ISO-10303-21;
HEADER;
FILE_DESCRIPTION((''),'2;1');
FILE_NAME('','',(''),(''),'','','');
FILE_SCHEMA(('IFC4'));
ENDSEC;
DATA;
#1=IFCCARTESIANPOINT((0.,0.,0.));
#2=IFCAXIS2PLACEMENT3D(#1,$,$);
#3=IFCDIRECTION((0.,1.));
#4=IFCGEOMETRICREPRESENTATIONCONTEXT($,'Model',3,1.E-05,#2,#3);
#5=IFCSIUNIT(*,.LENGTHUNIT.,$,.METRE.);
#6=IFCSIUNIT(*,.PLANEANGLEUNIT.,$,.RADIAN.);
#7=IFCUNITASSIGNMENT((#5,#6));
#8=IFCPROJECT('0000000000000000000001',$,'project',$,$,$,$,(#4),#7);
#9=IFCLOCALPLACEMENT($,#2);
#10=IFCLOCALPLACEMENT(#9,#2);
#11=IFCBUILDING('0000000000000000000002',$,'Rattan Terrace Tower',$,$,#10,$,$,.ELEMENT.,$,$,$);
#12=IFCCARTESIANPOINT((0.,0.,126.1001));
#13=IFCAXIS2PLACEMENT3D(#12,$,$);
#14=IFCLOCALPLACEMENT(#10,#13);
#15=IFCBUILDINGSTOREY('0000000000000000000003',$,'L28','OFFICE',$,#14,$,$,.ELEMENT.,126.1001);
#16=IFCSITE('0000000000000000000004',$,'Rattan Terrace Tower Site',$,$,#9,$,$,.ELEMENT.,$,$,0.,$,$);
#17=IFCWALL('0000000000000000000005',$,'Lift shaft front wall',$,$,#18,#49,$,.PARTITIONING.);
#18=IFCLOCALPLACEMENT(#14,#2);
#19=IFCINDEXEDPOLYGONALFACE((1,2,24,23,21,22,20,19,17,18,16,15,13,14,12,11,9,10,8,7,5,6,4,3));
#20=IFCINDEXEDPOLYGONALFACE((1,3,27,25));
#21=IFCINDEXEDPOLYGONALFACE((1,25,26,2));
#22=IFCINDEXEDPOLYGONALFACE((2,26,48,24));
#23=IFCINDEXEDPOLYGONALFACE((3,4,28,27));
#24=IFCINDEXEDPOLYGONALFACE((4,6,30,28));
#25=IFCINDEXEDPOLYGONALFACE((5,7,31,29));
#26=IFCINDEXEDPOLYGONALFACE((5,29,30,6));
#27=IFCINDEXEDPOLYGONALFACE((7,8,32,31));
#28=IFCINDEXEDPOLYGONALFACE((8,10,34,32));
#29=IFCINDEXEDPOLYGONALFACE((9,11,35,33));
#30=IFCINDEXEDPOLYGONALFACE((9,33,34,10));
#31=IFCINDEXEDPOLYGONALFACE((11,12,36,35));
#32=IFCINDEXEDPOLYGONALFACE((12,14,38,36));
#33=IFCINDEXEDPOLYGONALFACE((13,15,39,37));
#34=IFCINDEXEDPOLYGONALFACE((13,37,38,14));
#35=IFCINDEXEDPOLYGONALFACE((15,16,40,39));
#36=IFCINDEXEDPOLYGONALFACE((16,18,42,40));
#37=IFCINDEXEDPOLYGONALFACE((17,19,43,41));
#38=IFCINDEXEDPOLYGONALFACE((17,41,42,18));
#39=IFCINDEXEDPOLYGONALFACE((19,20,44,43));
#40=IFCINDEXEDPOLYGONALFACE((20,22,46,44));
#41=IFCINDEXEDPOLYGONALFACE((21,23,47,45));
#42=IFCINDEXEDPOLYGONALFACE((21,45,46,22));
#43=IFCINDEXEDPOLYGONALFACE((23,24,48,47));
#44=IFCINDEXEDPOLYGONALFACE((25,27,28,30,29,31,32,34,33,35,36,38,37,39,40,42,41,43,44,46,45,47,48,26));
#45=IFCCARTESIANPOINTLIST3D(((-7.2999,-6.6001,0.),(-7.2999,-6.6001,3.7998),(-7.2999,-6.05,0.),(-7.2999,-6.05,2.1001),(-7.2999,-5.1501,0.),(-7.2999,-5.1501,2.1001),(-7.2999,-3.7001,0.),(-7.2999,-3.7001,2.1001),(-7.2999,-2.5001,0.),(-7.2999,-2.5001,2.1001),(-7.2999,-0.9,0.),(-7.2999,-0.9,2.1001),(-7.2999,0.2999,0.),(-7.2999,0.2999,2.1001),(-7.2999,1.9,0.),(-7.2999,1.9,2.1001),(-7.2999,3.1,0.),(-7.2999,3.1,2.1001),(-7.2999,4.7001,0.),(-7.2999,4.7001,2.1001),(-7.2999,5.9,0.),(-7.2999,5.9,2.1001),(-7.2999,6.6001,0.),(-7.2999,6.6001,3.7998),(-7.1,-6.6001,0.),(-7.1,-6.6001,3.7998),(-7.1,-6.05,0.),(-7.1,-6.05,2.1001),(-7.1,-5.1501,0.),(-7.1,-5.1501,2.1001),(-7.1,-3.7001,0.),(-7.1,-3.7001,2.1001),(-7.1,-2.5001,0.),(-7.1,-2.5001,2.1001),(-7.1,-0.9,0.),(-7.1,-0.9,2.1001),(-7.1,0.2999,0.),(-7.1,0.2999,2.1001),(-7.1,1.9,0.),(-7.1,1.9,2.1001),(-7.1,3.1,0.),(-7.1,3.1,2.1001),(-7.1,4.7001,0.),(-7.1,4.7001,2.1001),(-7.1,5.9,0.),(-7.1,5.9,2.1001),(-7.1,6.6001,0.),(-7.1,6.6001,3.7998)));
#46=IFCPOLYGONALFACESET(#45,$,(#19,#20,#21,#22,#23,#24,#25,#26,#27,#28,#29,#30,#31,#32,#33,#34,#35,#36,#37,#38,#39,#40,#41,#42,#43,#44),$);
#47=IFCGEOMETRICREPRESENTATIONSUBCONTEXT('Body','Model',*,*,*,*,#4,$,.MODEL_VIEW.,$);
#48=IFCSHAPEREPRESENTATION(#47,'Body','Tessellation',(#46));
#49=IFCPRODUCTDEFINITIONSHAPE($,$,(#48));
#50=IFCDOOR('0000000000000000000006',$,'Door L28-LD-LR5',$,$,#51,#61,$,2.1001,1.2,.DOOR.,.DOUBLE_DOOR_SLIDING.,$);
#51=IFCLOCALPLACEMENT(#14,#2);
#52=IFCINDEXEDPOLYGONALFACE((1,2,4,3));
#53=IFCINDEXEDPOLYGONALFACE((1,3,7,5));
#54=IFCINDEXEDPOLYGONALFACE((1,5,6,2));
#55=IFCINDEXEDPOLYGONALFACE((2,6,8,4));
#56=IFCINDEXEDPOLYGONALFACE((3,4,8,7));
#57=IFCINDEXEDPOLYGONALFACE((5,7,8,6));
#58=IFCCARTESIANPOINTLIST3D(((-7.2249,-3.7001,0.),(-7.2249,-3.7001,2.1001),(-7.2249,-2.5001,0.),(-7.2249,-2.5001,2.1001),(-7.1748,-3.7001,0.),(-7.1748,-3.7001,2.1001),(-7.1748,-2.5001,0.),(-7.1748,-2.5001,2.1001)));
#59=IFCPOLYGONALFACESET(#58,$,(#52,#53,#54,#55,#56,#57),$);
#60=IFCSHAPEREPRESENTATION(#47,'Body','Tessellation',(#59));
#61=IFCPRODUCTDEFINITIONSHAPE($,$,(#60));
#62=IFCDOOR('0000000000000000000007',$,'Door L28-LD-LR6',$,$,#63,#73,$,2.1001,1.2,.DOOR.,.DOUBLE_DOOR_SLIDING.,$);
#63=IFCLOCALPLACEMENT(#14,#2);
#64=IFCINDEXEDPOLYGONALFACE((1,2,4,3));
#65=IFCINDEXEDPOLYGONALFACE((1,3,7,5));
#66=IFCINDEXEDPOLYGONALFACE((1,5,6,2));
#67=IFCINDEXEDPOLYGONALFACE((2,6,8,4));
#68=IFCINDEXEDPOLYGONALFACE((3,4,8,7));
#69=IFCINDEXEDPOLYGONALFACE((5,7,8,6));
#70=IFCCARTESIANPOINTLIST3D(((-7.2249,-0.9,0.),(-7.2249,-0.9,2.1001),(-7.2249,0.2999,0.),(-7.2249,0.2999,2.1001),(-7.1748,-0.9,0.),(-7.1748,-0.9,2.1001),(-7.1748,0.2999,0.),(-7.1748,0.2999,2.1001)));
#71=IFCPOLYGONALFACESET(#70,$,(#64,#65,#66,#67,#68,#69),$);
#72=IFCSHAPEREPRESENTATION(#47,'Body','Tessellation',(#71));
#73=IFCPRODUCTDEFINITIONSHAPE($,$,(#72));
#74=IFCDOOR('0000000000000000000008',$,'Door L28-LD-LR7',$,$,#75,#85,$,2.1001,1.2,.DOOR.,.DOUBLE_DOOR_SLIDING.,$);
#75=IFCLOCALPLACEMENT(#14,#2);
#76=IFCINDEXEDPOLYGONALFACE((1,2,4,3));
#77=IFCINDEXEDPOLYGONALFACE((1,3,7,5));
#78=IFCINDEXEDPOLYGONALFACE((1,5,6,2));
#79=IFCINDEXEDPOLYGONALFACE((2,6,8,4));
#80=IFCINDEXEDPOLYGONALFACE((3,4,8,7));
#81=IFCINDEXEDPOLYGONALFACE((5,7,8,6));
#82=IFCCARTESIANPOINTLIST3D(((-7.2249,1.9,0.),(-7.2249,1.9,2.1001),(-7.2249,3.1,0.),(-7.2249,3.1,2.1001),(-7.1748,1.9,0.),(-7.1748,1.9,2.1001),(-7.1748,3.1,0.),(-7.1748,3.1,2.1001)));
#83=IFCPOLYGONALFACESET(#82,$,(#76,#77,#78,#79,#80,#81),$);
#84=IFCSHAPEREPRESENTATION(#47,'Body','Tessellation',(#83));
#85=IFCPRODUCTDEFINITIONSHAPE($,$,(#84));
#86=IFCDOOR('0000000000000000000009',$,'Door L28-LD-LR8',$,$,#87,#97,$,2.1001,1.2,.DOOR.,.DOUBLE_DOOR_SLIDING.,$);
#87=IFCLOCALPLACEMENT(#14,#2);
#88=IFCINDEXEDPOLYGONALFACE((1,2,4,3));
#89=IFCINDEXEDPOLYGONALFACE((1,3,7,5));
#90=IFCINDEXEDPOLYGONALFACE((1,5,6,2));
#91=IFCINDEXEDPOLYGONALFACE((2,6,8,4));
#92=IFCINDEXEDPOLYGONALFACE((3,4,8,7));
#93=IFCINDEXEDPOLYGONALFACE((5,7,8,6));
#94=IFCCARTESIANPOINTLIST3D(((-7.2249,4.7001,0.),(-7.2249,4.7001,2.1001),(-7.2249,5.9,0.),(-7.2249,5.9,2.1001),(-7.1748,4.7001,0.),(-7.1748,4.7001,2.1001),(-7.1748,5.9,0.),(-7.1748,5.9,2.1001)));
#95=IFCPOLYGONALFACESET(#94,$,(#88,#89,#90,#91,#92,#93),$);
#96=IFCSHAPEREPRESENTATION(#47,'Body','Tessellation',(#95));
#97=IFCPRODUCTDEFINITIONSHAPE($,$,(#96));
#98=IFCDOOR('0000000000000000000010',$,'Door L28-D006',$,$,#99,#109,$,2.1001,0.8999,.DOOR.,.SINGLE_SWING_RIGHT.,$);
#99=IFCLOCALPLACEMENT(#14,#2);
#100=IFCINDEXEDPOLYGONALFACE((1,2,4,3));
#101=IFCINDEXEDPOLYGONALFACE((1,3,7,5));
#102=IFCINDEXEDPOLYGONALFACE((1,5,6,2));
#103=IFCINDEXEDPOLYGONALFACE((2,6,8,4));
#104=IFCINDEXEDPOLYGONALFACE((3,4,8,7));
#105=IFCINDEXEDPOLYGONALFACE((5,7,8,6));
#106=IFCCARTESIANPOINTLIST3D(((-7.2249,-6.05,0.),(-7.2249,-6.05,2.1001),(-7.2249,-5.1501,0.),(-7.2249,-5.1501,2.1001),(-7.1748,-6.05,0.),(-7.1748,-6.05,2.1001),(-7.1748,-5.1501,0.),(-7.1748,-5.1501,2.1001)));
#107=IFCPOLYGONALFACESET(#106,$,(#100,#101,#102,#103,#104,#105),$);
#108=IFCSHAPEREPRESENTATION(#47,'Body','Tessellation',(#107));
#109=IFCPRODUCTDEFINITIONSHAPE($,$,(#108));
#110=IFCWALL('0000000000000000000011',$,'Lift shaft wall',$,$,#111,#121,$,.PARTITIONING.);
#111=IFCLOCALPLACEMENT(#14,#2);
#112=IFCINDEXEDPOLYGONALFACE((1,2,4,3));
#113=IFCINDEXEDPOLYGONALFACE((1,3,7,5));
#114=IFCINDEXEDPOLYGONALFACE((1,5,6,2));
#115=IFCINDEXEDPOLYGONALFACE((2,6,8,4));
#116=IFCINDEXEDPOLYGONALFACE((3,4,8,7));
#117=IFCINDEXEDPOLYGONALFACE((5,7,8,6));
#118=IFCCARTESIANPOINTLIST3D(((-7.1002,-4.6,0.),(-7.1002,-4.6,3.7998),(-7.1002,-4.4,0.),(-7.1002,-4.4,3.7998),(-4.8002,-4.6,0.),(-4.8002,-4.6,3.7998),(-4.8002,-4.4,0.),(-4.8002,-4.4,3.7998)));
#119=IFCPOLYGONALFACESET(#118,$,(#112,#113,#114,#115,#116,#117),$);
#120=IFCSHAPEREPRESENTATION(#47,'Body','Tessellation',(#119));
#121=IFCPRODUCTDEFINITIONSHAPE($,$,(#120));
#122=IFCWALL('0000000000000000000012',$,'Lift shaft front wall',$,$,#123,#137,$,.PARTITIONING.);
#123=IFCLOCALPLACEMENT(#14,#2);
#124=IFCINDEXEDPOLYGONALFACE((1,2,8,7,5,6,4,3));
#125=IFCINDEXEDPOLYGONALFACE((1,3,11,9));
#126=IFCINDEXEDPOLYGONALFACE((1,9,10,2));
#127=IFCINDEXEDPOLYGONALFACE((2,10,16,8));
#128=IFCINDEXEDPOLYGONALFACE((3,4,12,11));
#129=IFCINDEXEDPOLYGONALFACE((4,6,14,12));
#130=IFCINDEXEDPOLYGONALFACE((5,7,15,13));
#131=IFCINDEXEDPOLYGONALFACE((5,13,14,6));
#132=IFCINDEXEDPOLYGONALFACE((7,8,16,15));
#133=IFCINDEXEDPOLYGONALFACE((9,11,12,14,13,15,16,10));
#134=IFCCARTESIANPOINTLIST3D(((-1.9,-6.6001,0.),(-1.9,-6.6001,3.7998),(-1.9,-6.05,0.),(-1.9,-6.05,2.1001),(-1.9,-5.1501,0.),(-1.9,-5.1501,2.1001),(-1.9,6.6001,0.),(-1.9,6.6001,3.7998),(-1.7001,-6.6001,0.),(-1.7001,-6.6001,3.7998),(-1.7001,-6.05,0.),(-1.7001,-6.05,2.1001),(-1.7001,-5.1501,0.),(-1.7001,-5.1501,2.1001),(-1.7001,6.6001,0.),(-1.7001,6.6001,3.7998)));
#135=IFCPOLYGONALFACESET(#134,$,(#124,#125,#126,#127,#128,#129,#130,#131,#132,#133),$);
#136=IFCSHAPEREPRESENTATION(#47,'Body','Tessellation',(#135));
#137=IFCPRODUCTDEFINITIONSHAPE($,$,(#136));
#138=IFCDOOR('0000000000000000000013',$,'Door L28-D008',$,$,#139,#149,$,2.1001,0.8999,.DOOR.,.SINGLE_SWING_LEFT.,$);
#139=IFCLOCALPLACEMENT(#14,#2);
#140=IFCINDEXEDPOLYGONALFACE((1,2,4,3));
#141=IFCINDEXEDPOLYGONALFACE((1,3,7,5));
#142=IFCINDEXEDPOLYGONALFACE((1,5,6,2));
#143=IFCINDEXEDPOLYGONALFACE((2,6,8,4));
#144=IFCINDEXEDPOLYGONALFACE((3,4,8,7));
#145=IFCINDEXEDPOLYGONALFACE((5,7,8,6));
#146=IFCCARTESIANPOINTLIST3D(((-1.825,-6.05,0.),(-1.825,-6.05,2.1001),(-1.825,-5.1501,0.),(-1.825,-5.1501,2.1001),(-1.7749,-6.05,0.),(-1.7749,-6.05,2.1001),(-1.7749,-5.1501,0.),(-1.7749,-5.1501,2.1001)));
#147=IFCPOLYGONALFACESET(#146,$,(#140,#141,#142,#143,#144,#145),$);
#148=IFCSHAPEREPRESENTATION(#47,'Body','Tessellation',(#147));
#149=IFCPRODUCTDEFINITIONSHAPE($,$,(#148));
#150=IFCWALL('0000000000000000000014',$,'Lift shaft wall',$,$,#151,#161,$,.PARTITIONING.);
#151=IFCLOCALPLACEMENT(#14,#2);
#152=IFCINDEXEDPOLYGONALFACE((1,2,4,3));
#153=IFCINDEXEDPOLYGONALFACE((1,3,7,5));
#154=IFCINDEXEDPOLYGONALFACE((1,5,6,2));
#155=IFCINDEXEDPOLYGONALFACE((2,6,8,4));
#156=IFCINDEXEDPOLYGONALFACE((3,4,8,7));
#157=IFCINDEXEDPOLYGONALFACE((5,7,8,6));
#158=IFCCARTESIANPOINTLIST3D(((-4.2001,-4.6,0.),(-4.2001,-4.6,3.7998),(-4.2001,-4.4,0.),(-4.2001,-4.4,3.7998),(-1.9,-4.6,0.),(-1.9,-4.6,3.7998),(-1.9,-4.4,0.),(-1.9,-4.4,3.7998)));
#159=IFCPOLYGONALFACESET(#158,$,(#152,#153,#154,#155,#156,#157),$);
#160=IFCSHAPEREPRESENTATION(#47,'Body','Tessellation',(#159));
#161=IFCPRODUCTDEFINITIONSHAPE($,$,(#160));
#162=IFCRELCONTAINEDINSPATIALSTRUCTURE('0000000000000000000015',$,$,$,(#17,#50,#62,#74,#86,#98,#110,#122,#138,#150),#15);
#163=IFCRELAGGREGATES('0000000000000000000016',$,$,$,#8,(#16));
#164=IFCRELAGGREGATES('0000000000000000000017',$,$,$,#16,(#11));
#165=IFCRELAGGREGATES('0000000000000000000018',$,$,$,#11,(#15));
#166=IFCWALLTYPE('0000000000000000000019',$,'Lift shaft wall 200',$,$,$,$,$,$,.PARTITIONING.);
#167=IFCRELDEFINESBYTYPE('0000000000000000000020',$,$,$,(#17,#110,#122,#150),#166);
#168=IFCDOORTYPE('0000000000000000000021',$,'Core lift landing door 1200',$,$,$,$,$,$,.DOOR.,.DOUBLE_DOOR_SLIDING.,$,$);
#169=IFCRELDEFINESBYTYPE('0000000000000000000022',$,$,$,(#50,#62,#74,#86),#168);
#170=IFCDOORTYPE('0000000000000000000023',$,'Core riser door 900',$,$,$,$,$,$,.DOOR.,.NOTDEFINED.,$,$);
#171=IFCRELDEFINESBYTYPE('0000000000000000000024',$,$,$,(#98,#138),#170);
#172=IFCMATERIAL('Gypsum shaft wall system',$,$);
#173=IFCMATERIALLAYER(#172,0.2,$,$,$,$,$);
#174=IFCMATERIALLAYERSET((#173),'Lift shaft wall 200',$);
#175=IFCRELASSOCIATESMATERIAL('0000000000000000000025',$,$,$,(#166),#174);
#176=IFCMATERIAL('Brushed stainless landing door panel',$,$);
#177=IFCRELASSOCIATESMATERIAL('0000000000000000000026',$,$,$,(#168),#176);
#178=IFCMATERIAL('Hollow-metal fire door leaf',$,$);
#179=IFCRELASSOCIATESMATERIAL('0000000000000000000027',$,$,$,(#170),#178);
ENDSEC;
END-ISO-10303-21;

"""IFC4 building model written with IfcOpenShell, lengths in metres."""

from ifc_helpers import new_model, si_unit, direction, frame, frame_2d, origin, place, context, subcontext, project, spatial, rectangle, extrude, material, layer, layer_set, type_object, element, fill, save


model = new_model("IFC4")

# Units and contexts
model_context = context("Model", 3, precision=1e-05, world=origin(), true_north=direction((0.0, 1.0)))
body_context = subcontext(model_context, "Body", "Model", "MODEL_VIEW")
ifc_project = project(units=[si_unit("LENGTHUNIT", "METRE"), si_unit("PLANEANGLEUNIT", "RADIAN")], contexts=[model_context])

# Site, building, storey
site_placement = place(None, origin())
site = spatial("IfcSite", under=ifc_project, at=site_placement, Name="Rattan Terrace Tower Site", CompositionType="ELEMENT", RefElevation=0.0)
building_placement = place(site_placement, origin())
building = spatial("IfcBuilding", under=site, at=building_placement, Name="Rattan Terrace Tower", CompositionType="ELEMENT")
storey_placement = place(building_placement, frame((0.0, 0.0, 126.1001)))
storey = spatial("IfcBuildingStorey", under=building, at=storey_placement, Name="L28", Description="OFFICE", CompositionType="ELEMENT", Elevation=126.1001)

# Wall, openings, doors
ifc_material_1 = material(Name="Gypsum shaft wall system")
ifc_layer_1 = layer(ifc_material_1, 0.2)
ifc_layer_set_1 = layer_set([ifc_layer_1], Name="Lift shaft wall 200")
wall_type_1 = type_object("IfcWallType", Name="Lift shaft wall 200", PredefinedType="PARTITIONING", material=ifc_layer_set_1)
ifc_material_2 = material(Name="Brushed stainless landing door panel")
door_type_1 = type_object("IfcDoorType", Name="Core lift landing door 1200", OperationType="DOUBLE_DOOR_SLIDING", PredefinedType="DOOR", material=ifc_material_2)
ifc_material_3 = material(Name="Hollow-metal fire door leaf")
door_type_2 = type_object("IfcDoorType", Name="Core riser door 900", OperationType="NOTDEFINED", PredefinedType="DOOR", material=ifc_material_3)
wall_1_placement = place(storey_placement, frame((-7.2, -6.6001, 0.0), z_axis=(0.0, 0.0, 1.0), x_axis=(0.0, 1.0, 0.0)))
wall_1 = element("IfcWall", 1, at=wall_1_placement, inside=storey, type_object=wall_type_1, Name="Lift shaft front wall", PredefinedType="PARTITIONING", context=body_context, shape_type="SweptSolid", body=[
    extrude(rectangle(XDim=13.2002, YDim=0.2, at=frame_2d((6.6001, 0.0))), origin(), (0.0, 0.0, 1.0), 3.7998),
])
opening_1_placement = place(wall_1_placement, frame((0.55, 0.0, 0.0)))
opening_1 = element("IfcOpeningElement", 2, at=opening_1_placement, cuts=wall_1, PredefinedType="OPENING", context=body_context, shape_type="SweptSolid", body=[
    extrude(rectangle(XDim=0.8999, YDim=2.1001, at=frame_2d((0.45, 1.05))), frame((0.0, 0.1106, 0.0), z_axis=(0.0, -1.0, 0.0), x_axis=(1.0, 0.0, 0.0)), (0.0, 0.0, 1.0), 0.2209),
])
opening_2_placement = place(wall_1_placement, frame((2.8999, 0.0, 0.0)))
opening_2 = element("IfcOpeningElement", 3, at=opening_2_placement, cuts=wall_1, PredefinedType="OPENING", context=body_context, shape_type="SweptSolid", body=[
    extrude(rectangle(XDim=1.2, YDim=2.1001, at=frame_2d((0.6001, 1.05))), frame((0.0, 0.1106, 0.0), z_axis=(0.0, -1.0, 0.0), x_axis=(1.0, 0.0, 0.0)), (0.0, 0.0, 1.0), 0.2209),
])
opening_3_placement = place(wall_1_placement, frame((5.7, 0.0, 0.0)))
opening_3 = element("IfcOpeningElement", 4, at=opening_3_placement, cuts=wall_1, PredefinedType="OPENING", context=body_context, shape_type="SweptSolid", body=[
    extrude(rectangle(XDim=1.2, YDim=2.1001, at=frame_2d((0.6001, 1.05))), frame((0.0, 0.1106, 0.0), z_axis=(0.0, -1.0, 0.0), x_axis=(1.0, 0.0, 0.0)), (0.0, 0.0, 1.0), 0.2209),
])
opening_4_placement = place(wall_1_placement, frame((8.5, 0.0, 0.0)))
opening_4 = element("IfcOpeningElement", 5, at=opening_4_placement, cuts=wall_1, PredefinedType="OPENING", context=body_context, shape_type="SweptSolid", body=[
    extrude(rectangle(XDim=1.2, YDim=2.1001, at=frame_2d((0.6001, 1.05))), frame((0.0, 0.1106, 0.0), z_axis=(0.0, -1.0, 0.0), x_axis=(1.0, 0.0, 0.0)), (0.0, 0.0, 1.0), 0.2209),
])
opening_5_placement = place(wall_1_placement, frame((11.3, 0.0, 0.0)))
opening_5 = element("IfcOpeningElement", 6, at=opening_5_placement, cuts=wall_1, PredefinedType="OPENING", context=body_context, shape_type="SweptSolid", body=[
    extrude(rectangle(XDim=1.2, YDim=2.1001, at=frame_2d((0.6001, 1.05))), frame((0.0, 0.1106, 0.0), z_axis=(0.0, -1.0, 0.0), x_axis=(1.0, 0.0, 0.0)), (0.0, 0.0, 1.0), 0.2209),
])
door_1_placement = place(opening_2_placement, origin())
door_1 = element("IfcDoor", 7, at=door_1_placement, inside=storey, type_object=door_type_1, Name="Door L28-LD-LR5", OperationType="DOUBLE_DOOR_SLIDING", OverallHeight=2.1001, OverallWidth=1.2, PredefinedType="DOOR", context=body_context, shape_type="SweptSolid", body=[
    extrude(rectangle(XDim=1.2, YDim=2.1001, at=frame_2d((0.6001, 1.05))), frame((0.0, 0.0249, 0.0), z_axis=(0.0, -1.0, 0.0), x_axis=(1.0, 0.0, 0.0)), (0.0, 0.0, 1.0), 0.05),
])
fill(opening_2, door_1)
door_2_placement = place(opening_3_placement, origin())
door_2 = element("IfcDoor", 8, at=door_2_placement, inside=storey, type_object=door_type_1, Name="Door L28-LD-LR6", OperationType="DOUBLE_DOOR_SLIDING", OverallHeight=2.1001, OverallWidth=1.2, PredefinedType="DOOR", context=body_context, shape_type="SweptSolid", body=[
    extrude(rectangle(XDim=1.2, YDim=2.1001, at=frame_2d((0.6001, 1.05))), frame((0.0, 0.0249, 0.0), z_axis=(0.0, -1.0, 0.0), x_axis=(1.0, 0.0, 0.0)), (0.0, 0.0, 1.0), 0.05),
])
fill(opening_3, door_2)
door_3_placement = place(opening_4_placement, origin())
door_3 = element("IfcDoor", 9, at=door_3_placement, inside=storey, type_object=door_type_1, Name="Door L28-LD-LR7", OperationType="DOUBLE_DOOR_SLIDING", OverallHeight=2.1001, OverallWidth=1.2, PredefinedType="DOOR", context=body_context, shape_type="SweptSolid", body=[
    extrude(rectangle(XDim=1.2, YDim=2.1001, at=frame_2d((0.6001, 1.05))), frame((0.0, 0.0249, 0.0), z_axis=(0.0, -1.0, 0.0), x_axis=(1.0, 0.0, 0.0)), (0.0, 0.0, 1.0), 0.05),
])
fill(opening_4, door_3)
door_4_placement = place(opening_5_placement, origin())
door_4 = element("IfcDoor", 10, at=door_4_placement, inside=storey, type_object=door_type_1, Name="Door L28-LD-LR8", OperationType="DOUBLE_DOOR_SLIDING", OverallHeight=2.1001, OverallWidth=1.2, PredefinedType="DOOR", context=body_context, shape_type="SweptSolid", body=[
    extrude(rectangle(XDim=1.2, YDim=2.1001, at=frame_2d((0.6001, 1.05))), frame((0.0, 0.0249, 0.0), z_axis=(0.0, -1.0, 0.0), x_axis=(1.0, 0.0, 0.0)), (0.0, 0.0, 1.0), 0.05),
])
fill(opening_5, door_4)
door_5_placement = place(opening_1_placement, origin())
door_5 = element("IfcDoor", 11, at=door_5_placement, inside=storey, type_object=door_type_2, Name="Door L28-D006", OperationType="SINGLE_SWING_RIGHT", OverallHeight=2.1001, OverallWidth=0.8999, PredefinedType="DOOR", context=body_context, shape_type="SweptSolid", body=[
    extrude(rectangle(XDim=0.8999, YDim=2.1001, at=frame_2d((0.45, 1.05))), frame((0.0, 0.0249, 0.0), z_axis=(0.0, -1.0, 0.0), x_axis=(1.0, 0.0, 0.0)), (0.0, 0.0, 1.0), 0.05),
])
fill(opening_1, door_5)

# Wall
wall_2_placement = place(storey_placement, frame((-7.1001, -4.5, 0.0), z_axis=(0.0, 0.0, 1.0), x_axis=(1.0, 0.0, 0.0)))
element("IfcWall", 12, at=wall_2_placement, inside=storey, type_object=wall_type_1, Name="Lift shaft wall", PredefinedType="PARTITIONING", context=body_context, shape_type="SweptSolid", body=[
    extrude(rectangle(XDim=2.3, YDim=0.2, at=frame_2d((1.1499, 0.0))), origin(), (0.0, 0.0, 1.0), 3.7998),
])

# Wall, opening, door
wall_3_placement = place(storey_placement, frame((-1.8, -6.6001, 0.0), z_axis=(0.0, 0.0, 1.0), x_axis=(0.0, 1.0, 0.0)))
wall_3 = element("IfcWall", 13, at=wall_3_placement, inside=storey, type_object=wall_type_1, Name="Lift shaft front wall", PredefinedType="PARTITIONING", context=body_context, shape_type="SweptSolid", body=[
    extrude(rectangle(XDim=13.2002, YDim=0.2, at=frame_2d((6.6001, 0.0))), origin(), (0.0, 0.0, 1.0), 3.7998),
])
opening_6_placement = place(wall_3_placement, frame((0.55, 0.0, 0.0)))
opening_6 = element("IfcOpeningElement", 14, at=opening_6_placement, cuts=wall_3, PredefinedType="OPENING", context=body_context, shape_type="SweptSolid", body=[
    extrude(rectangle(XDim=0.8999, YDim=2.1001, at=frame_2d((0.45, 1.05))), frame((0.0, 0.1106, 0.0), z_axis=(0.0, -1.0, 0.0), x_axis=(1.0, 0.0, 0.0)), (0.0, 0.0, 1.0), 0.2209),
])
door_6_placement = place(opening_6_placement, origin())
door_6 = element("IfcDoor", 15, at=door_6_placement, inside=storey, type_object=door_type_2, Name="Door L28-D008", OperationType="SINGLE_SWING_LEFT", OverallHeight=2.1001, OverallWidth=0.8999, PredefinedType="DOOR", context=body_context, shape_type="SweptSolid", body=[
    extrude(rectangle(XDim=0.8999, YDim=2.1001, at=frame_2d((0.45, 1.05))), frame((0.0, 0.0249, 0.0), z_axis=(0.0, -1.0, 0.0), x_axis=(1.0, 0.0, 0.0)), (0.0, 0.0, 1.0), 0.05),
])
fill(opening_6, door_6)

# Wall
wall_4_placement = place(storey_placement, frame((-4.2, -4.5, 0.0), z_axis=(0.0, 0.0, 1.0), x_axis=(1.0, 0.0, 0.0)))
element("IfcWall", 16, at=wall_4_placement, inside=storey, type_object=wall_type_1, Name="Lift shaft wall", PredefinedType="PARTITIONING", context=body_context, shape_type="SweptSolid", body=[
    extrude(rectangle(XDim=2.3, YDim=0.2, at=frame_2d((1.1499, 0.0))), origin(), (0.0, 0.0, 1.0), 3.7998),
])

save(model, "model.ifc")
